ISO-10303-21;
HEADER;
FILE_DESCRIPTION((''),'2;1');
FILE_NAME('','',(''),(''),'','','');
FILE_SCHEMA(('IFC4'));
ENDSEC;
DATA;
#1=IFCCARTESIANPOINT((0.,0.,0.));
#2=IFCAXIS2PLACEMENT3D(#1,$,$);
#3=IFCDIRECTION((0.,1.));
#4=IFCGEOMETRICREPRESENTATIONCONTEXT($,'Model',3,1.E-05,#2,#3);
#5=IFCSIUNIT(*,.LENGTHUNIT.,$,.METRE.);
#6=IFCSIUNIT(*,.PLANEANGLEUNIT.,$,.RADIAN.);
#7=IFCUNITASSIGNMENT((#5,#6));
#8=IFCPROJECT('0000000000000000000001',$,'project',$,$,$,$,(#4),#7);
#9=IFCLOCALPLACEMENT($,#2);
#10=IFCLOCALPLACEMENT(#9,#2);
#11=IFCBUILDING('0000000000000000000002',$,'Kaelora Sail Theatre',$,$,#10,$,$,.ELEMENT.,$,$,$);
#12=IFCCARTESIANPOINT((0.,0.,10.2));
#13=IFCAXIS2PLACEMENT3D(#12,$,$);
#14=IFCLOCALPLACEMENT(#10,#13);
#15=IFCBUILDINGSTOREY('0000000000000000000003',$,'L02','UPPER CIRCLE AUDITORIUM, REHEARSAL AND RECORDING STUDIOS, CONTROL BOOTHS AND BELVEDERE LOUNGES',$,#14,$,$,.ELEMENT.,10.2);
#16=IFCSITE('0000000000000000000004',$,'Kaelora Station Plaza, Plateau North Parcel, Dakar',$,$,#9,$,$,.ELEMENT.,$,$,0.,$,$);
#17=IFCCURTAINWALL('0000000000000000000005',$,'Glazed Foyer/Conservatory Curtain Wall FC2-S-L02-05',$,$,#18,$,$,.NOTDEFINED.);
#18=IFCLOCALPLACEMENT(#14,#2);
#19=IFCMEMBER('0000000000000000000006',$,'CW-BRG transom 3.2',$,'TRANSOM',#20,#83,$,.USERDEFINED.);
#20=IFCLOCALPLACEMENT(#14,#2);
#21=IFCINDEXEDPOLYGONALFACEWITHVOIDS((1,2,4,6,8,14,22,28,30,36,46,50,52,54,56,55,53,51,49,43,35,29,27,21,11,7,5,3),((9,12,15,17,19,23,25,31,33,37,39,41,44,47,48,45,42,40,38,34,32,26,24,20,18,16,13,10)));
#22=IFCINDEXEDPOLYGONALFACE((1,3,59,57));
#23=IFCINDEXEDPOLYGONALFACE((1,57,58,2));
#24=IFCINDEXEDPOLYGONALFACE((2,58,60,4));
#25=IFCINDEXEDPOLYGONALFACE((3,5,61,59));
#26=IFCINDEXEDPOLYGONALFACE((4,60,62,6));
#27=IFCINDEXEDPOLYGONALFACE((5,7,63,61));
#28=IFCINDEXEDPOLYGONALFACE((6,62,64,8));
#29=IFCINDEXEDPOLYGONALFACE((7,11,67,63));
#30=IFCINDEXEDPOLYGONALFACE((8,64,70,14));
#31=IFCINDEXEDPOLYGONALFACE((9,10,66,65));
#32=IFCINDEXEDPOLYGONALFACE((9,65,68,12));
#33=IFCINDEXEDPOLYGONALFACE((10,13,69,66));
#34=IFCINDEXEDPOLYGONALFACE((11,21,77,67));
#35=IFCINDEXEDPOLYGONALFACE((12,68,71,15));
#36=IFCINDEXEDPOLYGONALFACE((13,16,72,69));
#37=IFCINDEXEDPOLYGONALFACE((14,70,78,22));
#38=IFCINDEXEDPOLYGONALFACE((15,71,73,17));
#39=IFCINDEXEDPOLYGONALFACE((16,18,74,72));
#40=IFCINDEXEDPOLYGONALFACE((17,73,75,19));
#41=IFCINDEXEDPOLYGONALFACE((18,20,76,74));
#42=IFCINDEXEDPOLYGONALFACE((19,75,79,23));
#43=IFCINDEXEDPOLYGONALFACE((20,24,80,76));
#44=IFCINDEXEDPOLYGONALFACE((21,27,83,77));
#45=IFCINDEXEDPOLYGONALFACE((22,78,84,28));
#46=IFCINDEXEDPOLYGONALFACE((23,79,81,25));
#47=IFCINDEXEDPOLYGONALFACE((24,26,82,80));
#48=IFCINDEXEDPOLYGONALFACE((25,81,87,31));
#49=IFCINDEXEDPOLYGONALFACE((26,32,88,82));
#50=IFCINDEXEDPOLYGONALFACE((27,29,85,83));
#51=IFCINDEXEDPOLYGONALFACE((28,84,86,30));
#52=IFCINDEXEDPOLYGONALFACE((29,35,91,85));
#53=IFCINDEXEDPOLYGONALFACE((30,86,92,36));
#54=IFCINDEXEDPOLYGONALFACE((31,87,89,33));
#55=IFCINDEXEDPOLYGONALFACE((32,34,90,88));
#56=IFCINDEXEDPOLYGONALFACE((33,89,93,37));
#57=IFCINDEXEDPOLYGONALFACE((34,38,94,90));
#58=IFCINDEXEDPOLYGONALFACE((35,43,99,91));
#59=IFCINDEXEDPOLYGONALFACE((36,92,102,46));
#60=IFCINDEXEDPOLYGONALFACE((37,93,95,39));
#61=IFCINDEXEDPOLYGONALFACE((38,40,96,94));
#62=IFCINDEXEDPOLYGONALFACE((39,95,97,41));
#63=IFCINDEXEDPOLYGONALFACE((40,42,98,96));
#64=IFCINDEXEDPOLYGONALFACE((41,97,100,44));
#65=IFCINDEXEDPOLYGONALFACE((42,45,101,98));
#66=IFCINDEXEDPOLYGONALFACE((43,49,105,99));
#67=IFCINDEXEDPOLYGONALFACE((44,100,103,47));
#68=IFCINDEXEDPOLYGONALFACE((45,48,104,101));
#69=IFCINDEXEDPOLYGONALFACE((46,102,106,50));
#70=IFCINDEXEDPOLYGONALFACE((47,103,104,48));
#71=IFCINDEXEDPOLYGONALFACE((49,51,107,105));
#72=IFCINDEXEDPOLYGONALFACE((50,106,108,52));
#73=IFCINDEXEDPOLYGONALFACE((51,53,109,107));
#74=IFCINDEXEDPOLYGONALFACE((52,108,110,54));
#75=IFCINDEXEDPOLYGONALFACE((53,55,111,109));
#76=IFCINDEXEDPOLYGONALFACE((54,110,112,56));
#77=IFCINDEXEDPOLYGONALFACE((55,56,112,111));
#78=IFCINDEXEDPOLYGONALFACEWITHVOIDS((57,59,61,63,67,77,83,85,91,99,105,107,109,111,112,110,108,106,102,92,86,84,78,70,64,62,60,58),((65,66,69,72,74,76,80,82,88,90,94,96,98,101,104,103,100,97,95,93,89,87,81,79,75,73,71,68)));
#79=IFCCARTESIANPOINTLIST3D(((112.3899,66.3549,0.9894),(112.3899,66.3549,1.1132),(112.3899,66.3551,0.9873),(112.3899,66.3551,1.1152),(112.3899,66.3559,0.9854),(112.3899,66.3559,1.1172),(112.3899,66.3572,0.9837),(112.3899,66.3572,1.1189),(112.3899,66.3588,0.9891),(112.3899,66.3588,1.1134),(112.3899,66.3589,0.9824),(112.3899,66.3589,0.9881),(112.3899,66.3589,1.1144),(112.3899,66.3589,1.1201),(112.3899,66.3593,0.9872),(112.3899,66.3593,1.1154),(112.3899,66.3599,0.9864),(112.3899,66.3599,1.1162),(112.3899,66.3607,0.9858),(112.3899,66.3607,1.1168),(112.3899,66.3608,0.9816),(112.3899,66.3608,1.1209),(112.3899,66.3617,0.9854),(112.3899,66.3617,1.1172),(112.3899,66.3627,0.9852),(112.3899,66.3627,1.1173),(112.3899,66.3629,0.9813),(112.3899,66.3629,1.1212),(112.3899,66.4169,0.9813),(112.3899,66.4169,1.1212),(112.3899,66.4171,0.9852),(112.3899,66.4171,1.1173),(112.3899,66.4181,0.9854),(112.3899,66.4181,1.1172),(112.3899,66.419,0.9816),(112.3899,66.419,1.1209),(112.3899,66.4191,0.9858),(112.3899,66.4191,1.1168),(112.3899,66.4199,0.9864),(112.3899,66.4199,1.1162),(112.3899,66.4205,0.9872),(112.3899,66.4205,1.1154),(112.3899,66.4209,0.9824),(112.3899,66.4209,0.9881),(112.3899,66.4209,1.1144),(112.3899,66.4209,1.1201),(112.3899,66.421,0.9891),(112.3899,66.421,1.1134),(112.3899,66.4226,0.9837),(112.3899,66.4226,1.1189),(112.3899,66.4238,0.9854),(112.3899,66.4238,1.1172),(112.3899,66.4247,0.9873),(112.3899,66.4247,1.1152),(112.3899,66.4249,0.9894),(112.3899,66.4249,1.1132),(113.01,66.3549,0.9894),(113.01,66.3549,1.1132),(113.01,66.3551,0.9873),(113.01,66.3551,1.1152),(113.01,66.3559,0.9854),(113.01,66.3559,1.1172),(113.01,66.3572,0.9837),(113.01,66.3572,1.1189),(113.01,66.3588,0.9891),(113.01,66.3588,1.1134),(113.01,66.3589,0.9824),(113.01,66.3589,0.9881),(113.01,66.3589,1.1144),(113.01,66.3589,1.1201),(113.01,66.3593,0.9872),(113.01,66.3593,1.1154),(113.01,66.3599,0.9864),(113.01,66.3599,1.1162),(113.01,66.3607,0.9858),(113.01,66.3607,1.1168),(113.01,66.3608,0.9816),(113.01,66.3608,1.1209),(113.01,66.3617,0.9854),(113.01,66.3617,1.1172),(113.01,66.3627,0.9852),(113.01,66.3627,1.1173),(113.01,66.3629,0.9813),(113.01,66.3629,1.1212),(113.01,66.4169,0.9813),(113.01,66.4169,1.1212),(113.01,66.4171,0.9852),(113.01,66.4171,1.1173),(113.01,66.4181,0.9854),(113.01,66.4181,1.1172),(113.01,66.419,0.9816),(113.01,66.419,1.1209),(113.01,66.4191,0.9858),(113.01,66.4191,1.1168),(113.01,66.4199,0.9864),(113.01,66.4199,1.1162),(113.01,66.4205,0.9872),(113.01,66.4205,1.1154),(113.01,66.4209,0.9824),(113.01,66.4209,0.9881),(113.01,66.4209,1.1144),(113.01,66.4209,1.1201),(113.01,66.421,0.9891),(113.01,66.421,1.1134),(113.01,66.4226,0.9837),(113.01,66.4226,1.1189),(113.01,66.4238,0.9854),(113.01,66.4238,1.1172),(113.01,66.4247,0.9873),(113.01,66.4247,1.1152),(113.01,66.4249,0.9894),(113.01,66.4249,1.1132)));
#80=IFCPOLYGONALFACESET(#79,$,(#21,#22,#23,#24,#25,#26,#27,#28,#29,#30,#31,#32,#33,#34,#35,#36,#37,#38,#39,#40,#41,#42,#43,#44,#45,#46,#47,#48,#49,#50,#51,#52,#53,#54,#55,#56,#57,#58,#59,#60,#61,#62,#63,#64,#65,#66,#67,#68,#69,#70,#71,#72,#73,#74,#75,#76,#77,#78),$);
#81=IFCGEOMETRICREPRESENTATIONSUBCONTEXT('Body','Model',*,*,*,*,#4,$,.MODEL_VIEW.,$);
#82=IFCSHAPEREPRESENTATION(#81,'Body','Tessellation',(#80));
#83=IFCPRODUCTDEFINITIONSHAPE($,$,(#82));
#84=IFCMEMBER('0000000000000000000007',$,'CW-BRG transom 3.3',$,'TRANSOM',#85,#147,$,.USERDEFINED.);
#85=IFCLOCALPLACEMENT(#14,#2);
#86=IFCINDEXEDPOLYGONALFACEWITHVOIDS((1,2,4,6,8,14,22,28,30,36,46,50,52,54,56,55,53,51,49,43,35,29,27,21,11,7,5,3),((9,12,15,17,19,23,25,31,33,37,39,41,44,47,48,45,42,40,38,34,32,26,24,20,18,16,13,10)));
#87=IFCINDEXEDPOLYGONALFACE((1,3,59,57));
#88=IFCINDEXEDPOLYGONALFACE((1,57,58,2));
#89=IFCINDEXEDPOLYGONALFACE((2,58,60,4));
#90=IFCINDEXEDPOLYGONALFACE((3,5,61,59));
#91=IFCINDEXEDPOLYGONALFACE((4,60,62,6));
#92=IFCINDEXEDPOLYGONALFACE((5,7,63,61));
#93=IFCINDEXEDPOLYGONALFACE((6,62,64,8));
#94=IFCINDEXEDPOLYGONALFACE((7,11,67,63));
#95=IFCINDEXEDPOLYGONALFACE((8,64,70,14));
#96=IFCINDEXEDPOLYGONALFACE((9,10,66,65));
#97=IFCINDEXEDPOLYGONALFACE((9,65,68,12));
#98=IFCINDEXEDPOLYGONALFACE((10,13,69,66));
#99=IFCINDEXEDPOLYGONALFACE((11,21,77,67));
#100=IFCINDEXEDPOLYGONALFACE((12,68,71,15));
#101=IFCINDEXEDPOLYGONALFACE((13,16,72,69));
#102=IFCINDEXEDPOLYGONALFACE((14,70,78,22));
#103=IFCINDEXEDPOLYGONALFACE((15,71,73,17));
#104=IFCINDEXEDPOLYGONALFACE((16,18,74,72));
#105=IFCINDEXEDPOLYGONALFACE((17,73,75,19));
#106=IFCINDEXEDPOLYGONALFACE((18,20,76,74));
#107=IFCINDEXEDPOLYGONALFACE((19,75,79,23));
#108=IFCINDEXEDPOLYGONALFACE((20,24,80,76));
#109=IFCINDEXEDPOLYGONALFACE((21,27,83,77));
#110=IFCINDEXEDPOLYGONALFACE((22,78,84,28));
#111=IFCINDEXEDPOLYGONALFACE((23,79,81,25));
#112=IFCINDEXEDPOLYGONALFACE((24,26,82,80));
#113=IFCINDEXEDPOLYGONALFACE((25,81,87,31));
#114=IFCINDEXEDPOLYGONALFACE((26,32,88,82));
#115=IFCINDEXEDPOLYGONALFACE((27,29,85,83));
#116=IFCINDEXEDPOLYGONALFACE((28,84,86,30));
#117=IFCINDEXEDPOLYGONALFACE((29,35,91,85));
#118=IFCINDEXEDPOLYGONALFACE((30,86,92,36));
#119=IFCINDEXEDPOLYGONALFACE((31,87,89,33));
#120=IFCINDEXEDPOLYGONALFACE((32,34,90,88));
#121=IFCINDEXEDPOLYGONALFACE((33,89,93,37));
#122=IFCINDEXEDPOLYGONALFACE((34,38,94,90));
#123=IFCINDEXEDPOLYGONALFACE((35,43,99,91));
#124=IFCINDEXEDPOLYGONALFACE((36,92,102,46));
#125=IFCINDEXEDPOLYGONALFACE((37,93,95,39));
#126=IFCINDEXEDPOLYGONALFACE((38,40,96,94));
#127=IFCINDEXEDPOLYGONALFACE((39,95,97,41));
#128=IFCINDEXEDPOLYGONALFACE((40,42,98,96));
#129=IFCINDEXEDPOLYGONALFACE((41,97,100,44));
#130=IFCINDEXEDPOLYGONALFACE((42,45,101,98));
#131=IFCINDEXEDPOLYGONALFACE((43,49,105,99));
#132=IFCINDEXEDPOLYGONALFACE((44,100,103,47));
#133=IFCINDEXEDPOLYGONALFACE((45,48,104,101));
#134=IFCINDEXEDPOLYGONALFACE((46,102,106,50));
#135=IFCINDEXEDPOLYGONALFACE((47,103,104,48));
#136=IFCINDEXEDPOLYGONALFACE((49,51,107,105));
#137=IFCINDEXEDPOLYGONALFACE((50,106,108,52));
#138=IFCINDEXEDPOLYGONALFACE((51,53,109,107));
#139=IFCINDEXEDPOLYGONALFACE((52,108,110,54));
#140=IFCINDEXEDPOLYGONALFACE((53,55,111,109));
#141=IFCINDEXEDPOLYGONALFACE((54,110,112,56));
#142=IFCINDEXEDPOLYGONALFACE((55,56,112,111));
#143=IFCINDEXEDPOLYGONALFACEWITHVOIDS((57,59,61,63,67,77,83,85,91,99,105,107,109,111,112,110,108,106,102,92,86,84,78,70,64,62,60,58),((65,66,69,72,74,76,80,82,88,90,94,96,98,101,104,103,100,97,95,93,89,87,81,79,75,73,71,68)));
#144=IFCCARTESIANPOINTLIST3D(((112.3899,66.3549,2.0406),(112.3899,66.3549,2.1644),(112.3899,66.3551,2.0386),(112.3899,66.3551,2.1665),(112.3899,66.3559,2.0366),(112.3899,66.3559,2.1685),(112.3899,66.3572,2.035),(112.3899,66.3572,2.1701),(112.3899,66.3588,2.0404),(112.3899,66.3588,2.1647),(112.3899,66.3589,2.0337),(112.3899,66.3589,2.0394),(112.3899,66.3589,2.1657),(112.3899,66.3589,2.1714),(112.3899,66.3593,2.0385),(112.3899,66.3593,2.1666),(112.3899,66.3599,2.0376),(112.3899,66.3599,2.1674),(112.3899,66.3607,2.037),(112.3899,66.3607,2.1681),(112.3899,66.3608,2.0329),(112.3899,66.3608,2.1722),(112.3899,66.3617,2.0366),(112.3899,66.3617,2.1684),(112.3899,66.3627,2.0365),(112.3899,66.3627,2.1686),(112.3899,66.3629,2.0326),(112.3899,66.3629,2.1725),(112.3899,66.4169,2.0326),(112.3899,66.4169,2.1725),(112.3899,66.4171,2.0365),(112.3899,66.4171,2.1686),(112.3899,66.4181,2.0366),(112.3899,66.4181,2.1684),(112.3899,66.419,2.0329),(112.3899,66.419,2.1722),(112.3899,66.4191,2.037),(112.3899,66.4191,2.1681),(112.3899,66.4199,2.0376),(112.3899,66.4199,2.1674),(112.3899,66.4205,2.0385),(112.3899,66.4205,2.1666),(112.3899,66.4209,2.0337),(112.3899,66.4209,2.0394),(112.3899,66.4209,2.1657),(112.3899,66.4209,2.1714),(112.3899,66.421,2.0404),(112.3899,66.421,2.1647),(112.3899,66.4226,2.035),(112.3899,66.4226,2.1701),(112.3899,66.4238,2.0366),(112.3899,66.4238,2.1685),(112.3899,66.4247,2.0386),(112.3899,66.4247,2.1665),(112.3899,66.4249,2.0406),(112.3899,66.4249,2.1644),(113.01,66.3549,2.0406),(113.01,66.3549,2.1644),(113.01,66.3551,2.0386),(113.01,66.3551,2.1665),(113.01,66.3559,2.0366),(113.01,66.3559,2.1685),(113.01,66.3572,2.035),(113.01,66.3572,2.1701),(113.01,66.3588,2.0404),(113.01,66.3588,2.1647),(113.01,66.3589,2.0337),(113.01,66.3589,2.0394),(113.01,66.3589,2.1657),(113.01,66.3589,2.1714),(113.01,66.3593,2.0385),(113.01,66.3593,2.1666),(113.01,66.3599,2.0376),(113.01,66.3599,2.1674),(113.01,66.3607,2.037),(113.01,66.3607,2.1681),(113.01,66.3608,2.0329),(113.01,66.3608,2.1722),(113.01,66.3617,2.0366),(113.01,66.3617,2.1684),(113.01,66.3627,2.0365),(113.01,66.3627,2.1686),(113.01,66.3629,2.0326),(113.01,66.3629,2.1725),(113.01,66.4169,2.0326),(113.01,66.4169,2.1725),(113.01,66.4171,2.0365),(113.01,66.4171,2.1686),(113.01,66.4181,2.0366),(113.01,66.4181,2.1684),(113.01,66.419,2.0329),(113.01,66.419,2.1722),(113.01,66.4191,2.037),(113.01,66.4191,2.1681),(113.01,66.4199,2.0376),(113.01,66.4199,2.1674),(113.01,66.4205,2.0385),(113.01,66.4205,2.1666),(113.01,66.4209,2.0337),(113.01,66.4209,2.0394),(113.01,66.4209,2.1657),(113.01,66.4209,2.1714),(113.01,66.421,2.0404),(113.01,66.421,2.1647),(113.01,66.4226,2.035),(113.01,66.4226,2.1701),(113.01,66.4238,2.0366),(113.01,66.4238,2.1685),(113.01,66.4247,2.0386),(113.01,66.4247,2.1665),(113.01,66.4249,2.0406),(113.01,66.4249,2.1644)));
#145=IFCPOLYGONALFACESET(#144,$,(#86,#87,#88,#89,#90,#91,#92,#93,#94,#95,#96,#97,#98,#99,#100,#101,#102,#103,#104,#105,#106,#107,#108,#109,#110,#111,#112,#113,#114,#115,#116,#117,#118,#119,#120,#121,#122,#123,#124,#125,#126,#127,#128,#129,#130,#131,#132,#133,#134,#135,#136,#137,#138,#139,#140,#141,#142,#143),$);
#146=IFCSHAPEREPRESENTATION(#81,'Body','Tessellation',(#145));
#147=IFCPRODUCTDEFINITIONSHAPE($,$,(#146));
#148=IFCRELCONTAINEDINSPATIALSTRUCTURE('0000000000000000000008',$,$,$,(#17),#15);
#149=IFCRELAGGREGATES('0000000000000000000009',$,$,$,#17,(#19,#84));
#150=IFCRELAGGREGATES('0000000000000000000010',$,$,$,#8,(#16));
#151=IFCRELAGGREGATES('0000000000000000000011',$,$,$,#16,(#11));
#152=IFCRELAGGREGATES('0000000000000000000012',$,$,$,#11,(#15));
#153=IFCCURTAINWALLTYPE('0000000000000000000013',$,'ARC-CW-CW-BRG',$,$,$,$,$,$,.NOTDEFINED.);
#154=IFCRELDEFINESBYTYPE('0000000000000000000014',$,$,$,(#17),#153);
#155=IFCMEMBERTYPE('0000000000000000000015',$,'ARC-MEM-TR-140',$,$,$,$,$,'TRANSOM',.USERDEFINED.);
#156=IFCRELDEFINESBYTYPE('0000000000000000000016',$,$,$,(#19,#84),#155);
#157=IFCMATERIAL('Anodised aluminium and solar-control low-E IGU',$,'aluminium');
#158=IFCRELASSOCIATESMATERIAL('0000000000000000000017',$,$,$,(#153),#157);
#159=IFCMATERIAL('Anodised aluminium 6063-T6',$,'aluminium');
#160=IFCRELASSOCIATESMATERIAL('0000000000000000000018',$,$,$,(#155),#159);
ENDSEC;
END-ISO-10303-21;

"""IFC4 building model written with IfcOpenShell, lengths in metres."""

from ifc_helpers import new_model, si_unit, direction, frame, origin, origin_2d, place, context, subcontext, project, spatial, hollow_rectangle, extrude, material, material_profile, profile_set, type_object, element, aggregate, save


model = new_model("IFC4")

# Units and contexts
model_context = context("Model", 3, precision=1e-05, world=origin(), true_north=direction((0.0, 1.0)))
body_context = subcontext(model_context, "Body", "Model", "MODEL_VIEW")
ifc_project = project(units=[si_unit("LENGTHUNIT", "METRE"), si_unit("PLANEANGLEUNIT", "RADIAN")], contexts=[model_context])

# Site, building, storey
site_placement = place(None, origin())
site = spatial("IfcSite", under=ifc_project, at=site_placement, Name="Kaelora Station Plaza, Plateau North Parcel, Dakar", CompositionType="ELEMENT", RefElevation=0.0)
building_placement = place(site_placement, origin())
building = spatial("IfcBuilding", under=site, at=building_placement, Name="Kaelora Sail Theatre", CompositionType="ELEMENT")
storey_placement = place(building_placement, frame((0.0, 0.0, 10.2)))
storey = spatial("IfcBuildingStorey", under=building, at=storey_placement, Name="L02", Description="UPPER CIRCLE AUDITORIUM, REHEARSAL AND RECORDING STUDIOS, CONTROL BOOTHS AND BELVEDERE LOUNGES", CompositionType="ELEMENT", Elevation=10.2)

# Curtain wall, members
ifc_material_1 = material(Name="Anodised aluminium and solar-control low-E IGU", Category="aluminium")
curtain_wall_type = type_object("IfcCurtainWallType", Name="ARC-CW-CW-BRG", PredefinedType="NOTDEFINED", material=ifc_material_1)
curtain_wall_placement = place(storey_placement, origin())
curtain_wall = element("IfcCurtainWall", 1, at=curtain_wall_placement, inside=storey, type_object=curtain_wall_type, Name="Glazed Foyer/Conservatory Curtain Wall FC2-S-L02-05", PredefinedType="NOTDEFINED")
ifc_material_2 = material(Name="Anodised aluminium 6063-T6", Category="aluminium")
ifc_material_profile_1 = material_profile(ifc_material_2, hollow_rectangle(XDim=0.0701, YDim=0.1399, WallThickness=0.0039, InnerFilletRadius=0.0039, OuterFilletRadius=0.0081, at=origin_2d()), Name="ALU-TRAN 70x140x4")
ifc_profile_set_1 = profile_set([ifc_material_profile_1], Name="Anodised aluminium 6063-T6")
member_type_1 = type_object("IfcMemberType", Name="ARC-MEM-TR-140", ElementType="TRANSOM", PredefinedType="USERDEFINED", material=ifc_profile_set_1)
member_1_placement = place(storey_placement, frame((112.3899, 66.3899, 1.0513), z_axis=(1.0, 0.0, 0.0), x_axis=(0.0, 1.0, 0.0)))
member_1 = element("IfcMember", 2, at=member_1_placement, type_object=member_type_1, Name="CW-BRG transom 3.2", ObjectType="TRANSOM", PredefinedType="USERDEFINED", context=body_context, shape_type="SweptSolid", body=[
    extrude(hollow_rectangle(XDim=0.0701, YDim=0.1399, WallThickness=0.0039, InnerFilletRadius=0.0039, OuterFilletRadius=0.0081, at=origin_2d()), origin(), (0.0, 0.0, 1.0), 0.6201),
])
member_2_placement = place(storey_placement, frame((112.3899, 66.3899, 2.1025), z_axis=(1.0, 0.0, 0.0), x_axis=(0.0, 1.0, 0.0)))
member_2 = element("IfcMember", 3, at=member_2_placement, type_object=member_type_1, Name="CW-BRG transom 3.3", ObjectType="TRANSOM", PredefinedType="USERDEFINED", context=body_context, shape_type="SweptSolid", body=[
    extrude(hollow_rectangle(XDim=0.0701, YDim=0.1399, WallThickness=0.0039, InnerFilletRadius=0.0039, OuterFilletRadius=0.0081, at=origin_2d()), origin(), (0.0, 0.0, 1.0), 0.6201),
])
aggregate(curtain_wall, [member_1, member_2])

save(model, "model.ifc")
